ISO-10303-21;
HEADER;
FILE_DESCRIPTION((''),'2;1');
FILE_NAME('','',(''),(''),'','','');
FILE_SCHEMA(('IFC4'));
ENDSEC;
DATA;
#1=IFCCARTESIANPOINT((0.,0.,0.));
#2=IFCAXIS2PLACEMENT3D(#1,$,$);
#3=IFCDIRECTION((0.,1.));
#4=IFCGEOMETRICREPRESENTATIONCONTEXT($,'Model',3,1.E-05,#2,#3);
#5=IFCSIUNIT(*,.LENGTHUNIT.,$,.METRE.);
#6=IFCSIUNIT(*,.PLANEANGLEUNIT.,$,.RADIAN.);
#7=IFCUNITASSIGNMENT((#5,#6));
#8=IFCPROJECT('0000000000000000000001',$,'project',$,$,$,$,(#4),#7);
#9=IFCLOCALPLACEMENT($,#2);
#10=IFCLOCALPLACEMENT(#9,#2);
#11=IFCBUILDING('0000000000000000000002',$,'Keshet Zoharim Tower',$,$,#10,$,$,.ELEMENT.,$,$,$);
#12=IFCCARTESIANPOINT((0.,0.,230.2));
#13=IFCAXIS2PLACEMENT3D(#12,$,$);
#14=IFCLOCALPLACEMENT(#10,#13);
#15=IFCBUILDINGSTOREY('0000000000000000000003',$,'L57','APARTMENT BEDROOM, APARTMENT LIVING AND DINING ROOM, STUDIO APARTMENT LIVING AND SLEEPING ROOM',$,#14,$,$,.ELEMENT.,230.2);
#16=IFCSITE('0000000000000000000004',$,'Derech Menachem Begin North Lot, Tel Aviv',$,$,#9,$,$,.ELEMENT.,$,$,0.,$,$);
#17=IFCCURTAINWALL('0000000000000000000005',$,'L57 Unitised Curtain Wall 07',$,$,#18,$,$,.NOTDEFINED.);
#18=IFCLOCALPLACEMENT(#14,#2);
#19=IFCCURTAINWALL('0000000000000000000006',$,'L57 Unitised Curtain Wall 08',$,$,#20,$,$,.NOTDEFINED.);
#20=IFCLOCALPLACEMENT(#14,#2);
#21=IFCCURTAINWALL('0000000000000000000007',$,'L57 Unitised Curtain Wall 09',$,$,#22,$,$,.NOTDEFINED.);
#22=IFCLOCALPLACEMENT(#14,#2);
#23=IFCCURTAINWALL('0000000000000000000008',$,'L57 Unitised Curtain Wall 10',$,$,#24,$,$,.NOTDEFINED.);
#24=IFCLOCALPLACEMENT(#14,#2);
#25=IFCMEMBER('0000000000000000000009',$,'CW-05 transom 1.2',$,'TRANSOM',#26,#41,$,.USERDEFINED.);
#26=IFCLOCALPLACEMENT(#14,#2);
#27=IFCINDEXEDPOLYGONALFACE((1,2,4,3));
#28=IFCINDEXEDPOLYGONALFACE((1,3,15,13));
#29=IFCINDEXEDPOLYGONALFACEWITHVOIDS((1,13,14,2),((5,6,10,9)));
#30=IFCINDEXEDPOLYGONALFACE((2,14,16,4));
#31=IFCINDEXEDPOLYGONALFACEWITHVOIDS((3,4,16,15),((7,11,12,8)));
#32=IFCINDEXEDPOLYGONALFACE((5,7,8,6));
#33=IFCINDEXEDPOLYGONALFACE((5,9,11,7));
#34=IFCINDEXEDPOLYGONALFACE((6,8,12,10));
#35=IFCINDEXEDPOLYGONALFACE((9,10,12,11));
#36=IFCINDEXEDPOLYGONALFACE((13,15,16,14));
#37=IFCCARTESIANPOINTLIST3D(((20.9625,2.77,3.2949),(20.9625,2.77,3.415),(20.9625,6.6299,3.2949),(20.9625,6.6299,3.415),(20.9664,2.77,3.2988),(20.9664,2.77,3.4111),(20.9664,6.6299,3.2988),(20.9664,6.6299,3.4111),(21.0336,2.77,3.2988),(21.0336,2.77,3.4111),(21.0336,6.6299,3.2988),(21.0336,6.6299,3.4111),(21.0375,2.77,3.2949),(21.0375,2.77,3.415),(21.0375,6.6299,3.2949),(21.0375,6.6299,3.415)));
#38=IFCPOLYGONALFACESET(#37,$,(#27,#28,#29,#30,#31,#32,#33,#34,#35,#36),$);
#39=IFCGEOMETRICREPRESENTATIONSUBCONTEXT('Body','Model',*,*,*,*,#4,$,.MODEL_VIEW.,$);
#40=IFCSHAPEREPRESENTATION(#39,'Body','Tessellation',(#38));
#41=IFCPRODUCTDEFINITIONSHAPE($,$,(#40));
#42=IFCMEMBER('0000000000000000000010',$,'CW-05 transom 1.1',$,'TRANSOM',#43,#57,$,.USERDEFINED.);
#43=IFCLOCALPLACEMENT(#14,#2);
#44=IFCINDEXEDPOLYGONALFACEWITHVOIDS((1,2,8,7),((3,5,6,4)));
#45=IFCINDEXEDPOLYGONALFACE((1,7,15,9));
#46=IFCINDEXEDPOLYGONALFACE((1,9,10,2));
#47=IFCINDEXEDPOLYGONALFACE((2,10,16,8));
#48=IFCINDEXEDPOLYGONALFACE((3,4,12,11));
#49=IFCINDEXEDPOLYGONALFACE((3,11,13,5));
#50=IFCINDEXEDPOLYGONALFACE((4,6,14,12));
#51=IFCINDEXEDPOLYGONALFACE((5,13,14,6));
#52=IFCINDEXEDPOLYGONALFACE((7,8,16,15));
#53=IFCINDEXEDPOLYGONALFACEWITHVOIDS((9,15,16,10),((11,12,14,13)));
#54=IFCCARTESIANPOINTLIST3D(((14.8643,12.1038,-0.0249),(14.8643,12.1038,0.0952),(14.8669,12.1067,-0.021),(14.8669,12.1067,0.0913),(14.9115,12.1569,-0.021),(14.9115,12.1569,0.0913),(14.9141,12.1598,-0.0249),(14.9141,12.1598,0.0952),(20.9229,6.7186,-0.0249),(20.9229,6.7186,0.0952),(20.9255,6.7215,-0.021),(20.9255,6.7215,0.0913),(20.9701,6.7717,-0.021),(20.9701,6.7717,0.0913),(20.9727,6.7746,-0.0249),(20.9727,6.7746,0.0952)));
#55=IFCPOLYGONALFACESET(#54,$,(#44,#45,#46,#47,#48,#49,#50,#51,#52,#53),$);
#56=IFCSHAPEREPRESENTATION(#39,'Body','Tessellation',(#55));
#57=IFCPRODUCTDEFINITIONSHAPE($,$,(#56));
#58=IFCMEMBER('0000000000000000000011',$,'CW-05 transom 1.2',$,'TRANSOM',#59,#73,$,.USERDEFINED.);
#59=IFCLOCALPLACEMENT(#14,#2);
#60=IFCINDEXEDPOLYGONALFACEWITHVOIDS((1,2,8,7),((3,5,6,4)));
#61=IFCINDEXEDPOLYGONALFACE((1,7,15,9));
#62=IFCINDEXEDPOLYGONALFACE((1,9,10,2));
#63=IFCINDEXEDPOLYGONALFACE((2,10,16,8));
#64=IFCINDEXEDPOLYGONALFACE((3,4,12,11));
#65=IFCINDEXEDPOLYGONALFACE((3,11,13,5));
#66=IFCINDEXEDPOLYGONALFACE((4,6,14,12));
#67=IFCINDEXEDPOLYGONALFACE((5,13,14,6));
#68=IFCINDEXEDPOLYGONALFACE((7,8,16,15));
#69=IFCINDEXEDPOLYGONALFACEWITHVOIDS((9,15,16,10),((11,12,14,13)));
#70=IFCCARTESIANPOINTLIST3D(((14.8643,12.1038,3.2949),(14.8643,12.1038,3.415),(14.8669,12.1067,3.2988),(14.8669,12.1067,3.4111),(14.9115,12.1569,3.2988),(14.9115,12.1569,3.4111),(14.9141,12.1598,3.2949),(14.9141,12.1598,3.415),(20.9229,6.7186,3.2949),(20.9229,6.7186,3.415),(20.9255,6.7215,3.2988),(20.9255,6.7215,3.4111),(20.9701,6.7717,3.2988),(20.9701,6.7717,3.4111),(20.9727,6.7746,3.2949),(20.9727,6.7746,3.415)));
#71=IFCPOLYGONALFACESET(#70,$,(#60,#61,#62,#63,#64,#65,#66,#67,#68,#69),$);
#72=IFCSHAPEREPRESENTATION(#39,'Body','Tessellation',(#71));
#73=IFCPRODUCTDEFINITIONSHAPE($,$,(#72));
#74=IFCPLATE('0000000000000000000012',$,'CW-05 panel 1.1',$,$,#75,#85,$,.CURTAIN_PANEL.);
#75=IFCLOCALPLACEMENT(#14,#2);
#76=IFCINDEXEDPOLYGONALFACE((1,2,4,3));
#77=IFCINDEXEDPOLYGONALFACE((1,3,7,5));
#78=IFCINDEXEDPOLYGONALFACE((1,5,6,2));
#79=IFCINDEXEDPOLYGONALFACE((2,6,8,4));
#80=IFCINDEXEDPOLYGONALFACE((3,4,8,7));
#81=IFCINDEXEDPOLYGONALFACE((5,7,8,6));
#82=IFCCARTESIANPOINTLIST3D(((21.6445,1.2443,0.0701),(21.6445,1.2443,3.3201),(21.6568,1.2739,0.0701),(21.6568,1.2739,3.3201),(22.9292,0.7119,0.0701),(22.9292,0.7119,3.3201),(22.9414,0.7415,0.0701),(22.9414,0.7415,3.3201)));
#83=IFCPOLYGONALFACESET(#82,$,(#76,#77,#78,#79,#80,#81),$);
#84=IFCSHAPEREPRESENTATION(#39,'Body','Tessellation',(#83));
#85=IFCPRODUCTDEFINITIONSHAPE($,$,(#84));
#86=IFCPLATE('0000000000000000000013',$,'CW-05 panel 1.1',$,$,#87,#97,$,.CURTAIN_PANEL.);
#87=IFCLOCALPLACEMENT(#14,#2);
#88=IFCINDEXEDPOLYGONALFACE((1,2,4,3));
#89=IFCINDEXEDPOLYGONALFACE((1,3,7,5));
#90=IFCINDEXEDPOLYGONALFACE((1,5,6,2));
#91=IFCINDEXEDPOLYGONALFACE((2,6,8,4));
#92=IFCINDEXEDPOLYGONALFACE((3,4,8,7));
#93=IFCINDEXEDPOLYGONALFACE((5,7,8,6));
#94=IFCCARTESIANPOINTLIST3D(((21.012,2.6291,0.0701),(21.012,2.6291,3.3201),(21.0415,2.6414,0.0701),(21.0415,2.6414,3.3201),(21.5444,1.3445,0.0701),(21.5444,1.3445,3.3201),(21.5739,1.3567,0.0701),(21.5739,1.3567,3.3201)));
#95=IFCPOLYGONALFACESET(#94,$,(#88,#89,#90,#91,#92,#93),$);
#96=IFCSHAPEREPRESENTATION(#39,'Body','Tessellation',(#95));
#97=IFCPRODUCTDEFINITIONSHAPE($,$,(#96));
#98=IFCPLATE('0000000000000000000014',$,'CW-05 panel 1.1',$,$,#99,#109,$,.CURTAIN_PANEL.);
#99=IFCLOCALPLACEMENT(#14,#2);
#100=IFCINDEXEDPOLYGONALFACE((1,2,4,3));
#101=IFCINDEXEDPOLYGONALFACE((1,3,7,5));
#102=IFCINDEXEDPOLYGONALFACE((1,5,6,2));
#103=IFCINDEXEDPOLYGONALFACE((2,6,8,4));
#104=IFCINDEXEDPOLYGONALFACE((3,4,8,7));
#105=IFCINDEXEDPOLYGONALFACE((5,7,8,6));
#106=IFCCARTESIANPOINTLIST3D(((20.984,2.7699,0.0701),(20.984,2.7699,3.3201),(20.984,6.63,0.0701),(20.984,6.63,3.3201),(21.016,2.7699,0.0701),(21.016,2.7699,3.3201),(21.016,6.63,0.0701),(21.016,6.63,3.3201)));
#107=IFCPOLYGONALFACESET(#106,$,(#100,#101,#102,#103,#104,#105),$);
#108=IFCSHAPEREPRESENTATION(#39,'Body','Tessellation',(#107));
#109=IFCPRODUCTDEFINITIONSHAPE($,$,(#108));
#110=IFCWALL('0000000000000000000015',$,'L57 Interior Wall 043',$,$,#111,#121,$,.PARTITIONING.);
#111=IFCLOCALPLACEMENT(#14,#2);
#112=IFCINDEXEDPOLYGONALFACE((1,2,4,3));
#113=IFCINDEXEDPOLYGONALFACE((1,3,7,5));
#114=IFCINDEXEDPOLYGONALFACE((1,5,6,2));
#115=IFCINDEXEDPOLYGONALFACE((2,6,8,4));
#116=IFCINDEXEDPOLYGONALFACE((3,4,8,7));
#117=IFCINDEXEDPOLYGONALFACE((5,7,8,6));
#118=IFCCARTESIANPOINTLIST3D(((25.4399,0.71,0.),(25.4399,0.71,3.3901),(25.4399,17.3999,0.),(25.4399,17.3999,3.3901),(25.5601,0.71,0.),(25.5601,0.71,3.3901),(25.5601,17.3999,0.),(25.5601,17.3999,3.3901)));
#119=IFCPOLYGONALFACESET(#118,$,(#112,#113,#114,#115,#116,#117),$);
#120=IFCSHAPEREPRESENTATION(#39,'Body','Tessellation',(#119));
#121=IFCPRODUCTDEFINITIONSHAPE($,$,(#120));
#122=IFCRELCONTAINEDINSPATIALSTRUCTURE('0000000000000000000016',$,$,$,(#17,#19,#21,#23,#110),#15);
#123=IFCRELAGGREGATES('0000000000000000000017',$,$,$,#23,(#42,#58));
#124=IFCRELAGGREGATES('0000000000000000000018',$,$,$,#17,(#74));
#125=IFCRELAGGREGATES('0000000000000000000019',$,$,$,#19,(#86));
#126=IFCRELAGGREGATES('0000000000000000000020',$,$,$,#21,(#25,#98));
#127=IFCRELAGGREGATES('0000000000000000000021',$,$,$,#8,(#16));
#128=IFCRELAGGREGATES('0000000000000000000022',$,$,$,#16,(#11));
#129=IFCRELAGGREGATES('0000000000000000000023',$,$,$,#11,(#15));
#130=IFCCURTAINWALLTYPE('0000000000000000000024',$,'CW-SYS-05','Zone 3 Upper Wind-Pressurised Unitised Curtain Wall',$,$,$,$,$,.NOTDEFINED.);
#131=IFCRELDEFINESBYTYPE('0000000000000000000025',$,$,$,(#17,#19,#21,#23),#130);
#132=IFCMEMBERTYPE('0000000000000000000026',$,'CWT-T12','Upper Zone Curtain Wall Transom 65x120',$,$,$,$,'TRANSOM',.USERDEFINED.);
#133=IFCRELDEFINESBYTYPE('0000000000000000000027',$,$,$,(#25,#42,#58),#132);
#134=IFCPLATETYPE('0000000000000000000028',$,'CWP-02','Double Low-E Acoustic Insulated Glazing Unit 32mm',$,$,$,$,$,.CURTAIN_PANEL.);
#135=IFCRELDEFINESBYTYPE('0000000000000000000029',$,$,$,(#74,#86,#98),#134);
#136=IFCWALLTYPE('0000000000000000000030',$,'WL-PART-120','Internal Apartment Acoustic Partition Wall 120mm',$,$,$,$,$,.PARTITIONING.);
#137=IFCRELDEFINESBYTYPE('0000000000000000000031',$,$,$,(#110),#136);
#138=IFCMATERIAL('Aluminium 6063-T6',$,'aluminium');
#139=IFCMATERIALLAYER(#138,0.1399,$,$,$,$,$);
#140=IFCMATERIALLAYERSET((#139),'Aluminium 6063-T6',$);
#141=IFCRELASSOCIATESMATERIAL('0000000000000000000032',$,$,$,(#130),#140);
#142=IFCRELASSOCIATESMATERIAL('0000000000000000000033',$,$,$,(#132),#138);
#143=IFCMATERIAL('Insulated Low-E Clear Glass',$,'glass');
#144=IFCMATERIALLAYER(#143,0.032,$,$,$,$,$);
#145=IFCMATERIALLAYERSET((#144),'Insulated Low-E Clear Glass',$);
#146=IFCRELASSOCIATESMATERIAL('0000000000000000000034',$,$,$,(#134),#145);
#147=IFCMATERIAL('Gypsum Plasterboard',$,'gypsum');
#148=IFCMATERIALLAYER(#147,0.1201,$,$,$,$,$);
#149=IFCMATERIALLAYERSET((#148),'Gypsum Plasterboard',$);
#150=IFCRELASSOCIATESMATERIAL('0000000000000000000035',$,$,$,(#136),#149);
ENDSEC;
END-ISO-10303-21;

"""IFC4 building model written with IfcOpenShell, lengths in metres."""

from ifc_helpers import new_model, si_unit, direction, frame, frame_2d, origin, origin_2d, place, context, subcontext, project, spatial, rectangle, hollow_rectangle, extrude, material, layer, layer_set, material_profile, profile_set, type_object, element, aggregate, save


model = new_model("IFC4")

# Units and contexts
model_context = context("Model", 3, precision=1e-05, world=origin(), true_north=direction((0.0, 1.0)))
body_context = subcontext(model_context, "Body", "Model", "MODEL_VIEW")
ifc_project = project(units=[si_unit("LENGTHUNIT", "METRE"), si_unit("PLANEANGLEUNIT", "RADIAN")], contexts=[model_context])

# Site, building, storey
site_placement = place(None, origin())
site = spatial("IfcSite", under=ifc_project, at=site_placement, Name="Derech Menachem Begin North Lot, Tel Aviv", CompositionType="ELEMENT", RefElevation=0.0)
building_placement = place(site_placement, origin())
building = spatial("IfcBuilding", under=site, at=building_placement, Name="Keshet Zoharim Tower", CompositionType="ELEMENT")
storey_placement = place(building_placement, frame((0.0, 0.0, 230.2)))
storey = spatial("IfcBuildingStorey", under=building, at=storey_placement, Name="L57", Description="APARTMENT BEDROOM, APARTMENT LIVING AND DINING ROOM, STUDIO APARTMENT LIVING AND SLEEPING ROOM", CompositionType="ELEMENT", Elevation=230.2)

# Shared definitions
ifc_material_1 = material(Name="Aluminium 6063-T6", Category="aluminium")
ifc_layer_1 = layer(ifc_material_1, 0.1399)
ifc_layer_set_1 = layer_set([ifc_layer_1], Name="Aluminium 6063-T6")
curtain_wall_type = type_object("IfcCurtainWallType", Name="CW-SYS-05", Description="Zone 3 Upper Wind-Pressurised Unitised Curtain Wall", PredefinedType="NOTDEFINED", material=ifc_layer_set_1)

# Curtain walls
curtain_wall_1_placement = place(storey_placement, origin())
curtain_wall_1 = element("IfcCurtainWall", 1, at=curtain_wall_1_placement, inside=storey, type_object=curtain_wall_type, Name="L57 Unitised Curtain Wall 07", PredefinedType="NOTDEFINED")
curtain_wall_2_placement = place(storey_placement, origin())
curtain_wall_2 = element("IfcCurtainWall", 2, at=curtain_wall_2_placement, inside=storey, type_object=curtain_wall_type, Name="L57 Unitised Curtain Wall 08", PredefinedType="NOTDEFINED")
curtain_wall_3_placement = place(storey_placement, origin())
curtain_wall_3 = element("IfcCurtainWall", 3, at=curtain_wall_3_placement, inside=storey, type_object=curtain_wall_type, Name="L57 Unitised Curtain Wall 09", PredefinedType="NOTDEFINED")

# Curtain wall
curtain_wall_4_placement = place(storey_placement, origin())
curtain_wall_4 = element("IfcCurtainWall", 4, at=curtain_wall_4_placement, inside=storey, type_object=curtain_wall_type, Name="L57 Unitised Curtain Wall 10", PredefinedType="NOTDEFINED")

# Members
ifc_material_profile_1 = material_profile(ifc_material_1, hollow_rectangle(XDim=0.075, YDim=0.1201, WallThickness=0.0039, at=origin_2d()), Name="TRN-75x120")
ifc_profile_set_1 = profile_set([ifc_material_profile_1], Name="Aluminium 6063-T6")
member_type_1 = type_object("IfcMemberType", Name="CWT-T12", Description="Upper Zone Curtain Wall Transom 65x120", ElementType="TRANSOM", PredefinedType="USERDEFINED", material=ifc_profile_set_1)
member_1_placement = place(storey_placement, frame((21.0, 2.77, 3.355), z_axis=(0.0, 1.0, 0.0), x_axis=(-1.0, 0.0, 0.0)))
member_1 = element("IfcMember", 5, at=member_1_placement, type_object=member_type_1, Name="CW-05 transom 1.2", ObjectType="TRANSOM", PredefinedType="USERDEFINED", context=body_context, shape_type="SweptSolid", body=[
    extrude(hollow_rectangle(XDim=0.075, YDim=0.1201, WallThickness=0.0039, at=origin_2d()), origin(), (0.0, 0.0, 1.0), 3.8599),
])
member_2_placement = place(storey_placement, frame((20.9478, 6.7466, 0.0352), z_axis=(-0.747419, 0.664353, 0.0), x_axis=(-0.664353, -0.747419, 0.0)))
member_2 = element("IfcMember", 6, at=member_2_placement, type_object=member_type_1, Name="CW-05 transom 1.1", ObjectType="TRANSOM", PredefinedType="USERDEFINED", context=body_context, shape_type="SweptSolid", body=[
    extrude(hollow_rectangle(XDim=0.075, YDim=0.1201, WallThickness=0.0039, at=origin_2d()), origin(), (0.0, 0.0, 1.0), 8.106),
])
member_3_placement = place(storey_placement, frame((20.9478, 6.7466, 3.355), z_axis=(-0.747419, 0.664353, 0.0), x_axis=(-0.664353, -0.747419, 0.0)))
member_3 = element("IfcMember", 7, at=member_3_placement, type_object=member_type_1, Name="CW-05 transom 1.2", ObjectType="TRANSOM", PredefinedType="USERDEFINED", context=body_context, shape_type="SweptSolid", body=[
    extrude(hollow_rectangle(XDim=0.075, YDim=0.1201, WallThickness=0.0039, at=origin_2d()), origin(), (0.0, 0.0, 1.0), 8.106),
])
aggregate(curtain_wall_4, [member_2, member_3])

# Plates
ifc_material_2 = material(Name="Insulated Low-E Clear Glass", Category="glass")
ifc_layer_2 = layer(ifc_material_2, 0.032)
ifc_layer_set_2 = layer_set([ifc_layer_2], Name="Insulated Low-E Clear Glass")
plate_type = type_object("IfcPlateType", Name="CWP-02", Description="Double Low-E Acoustic Insulated Glazing Unit 32mm", PredefinedType="CURTAIN_PANEL", material=ifc_layer_set_2)
plate_1_placement = place(storey_placement, frame((22.293, 0.9929, 0.0701), z_axis=(0.0, 0.0, 1.0), x_axis=(-0.92381, 0.382852, 0.0)))
plate_1 = element("IfcPlate", 8, at=plate_1_placement, type_object=plate_type, Name="CW-05 panel 1.1", PredefinedType="CURTAIN_PANEL", context=body_context, shape_type="SweptSolid", body=[
    extrude(rectangle(XDim=1.3906, YDim=0.032, at=origin_2d()), origin(), (0.0, 0.0, 1.0), 3.25),
])
aggregate(curtain_wall_1, [plate_1])
plate_2_placement = place(storey_placement, frame((21.293, 1.9929, 0.0701), z_axis=(0.0, 0.0, 1.0), x_axis=(-0.382852, 0.92381, 0.0)))
plate_2 = element("IfcPlate", 9, at=plate_2_placement, type_object=plate_type, Name="CW-05 panel 1.1", PredefinedType="CURTAIN_PANEL", context=body_context, shape_type="SweptSolid", body=[
    extrude(rectangle(XDim=1.3906, YDim=0.032, at=origin_2d()), origin(), (0.0, 0.0, 1.0), 3.25),
])
aggregate(curtain_wall_2, [plate_2])
plate_3_placement = place(storey_placement, frame((21.0, 4.7, 0.0701), z_axis=(0.0, 0.0, 1.0), x_axis=(0.0, 1.0, 0.0)))
plate_3 = element("IfcPlate", 10, at=plate_3_placement, type_object=plate_type, Name="CW-05 panel 1.1", PredefinedType="CURTAIN_PANEL", context=body_context, shape_type="SweptSolid", body=[
    extrude(rectangle(XDim=3.8601, YDim=0.032, at=origin_2d()), origin(), (0.0, 0.0, 1.0), 3.25),
])
aggregate(curtain_wall_3, [member_1, plate_3])

# Wall
ifc_material_3 = material(Name="Gypsum Plasterboard", Category="gypsum")
ifc_layer_3 = layer(ifc_material_3, 0.1201)
ifc_layer_set_3 = layer_set([ifc_layer_3], Name="Gypsum Plasterboard")
wall_type = type_object("IfcWallType", Name="WL-PART-120", Description="Internal Apartment Acoustic Partition Wall 120mm", PredefinedType="PARTITIONING", material=ifc_layer_set_3)
wall_placement = place(storey_placement, frame((25.5, 0.71, 0.0), z_axis=(0.0, 0.0, 1.0), x_axis=(0.0, 1.0, 0.0)))
element("IfcWall", 11, at=wall_placement, inside=storey, type_object=wall_type, Name="L57 Interior Wall 043", PredefinedType="PARTITIONING", context=body_context, shape_type="SweptSolid", body=[
    extrude(rectangle(XDim=16.6899, YDim=0.1201, at=frame_2d((8.345, 0.0))), origin(), (0.0, 0.0, 1.0), 3.3901),
])

save(model, "model.ifc")
